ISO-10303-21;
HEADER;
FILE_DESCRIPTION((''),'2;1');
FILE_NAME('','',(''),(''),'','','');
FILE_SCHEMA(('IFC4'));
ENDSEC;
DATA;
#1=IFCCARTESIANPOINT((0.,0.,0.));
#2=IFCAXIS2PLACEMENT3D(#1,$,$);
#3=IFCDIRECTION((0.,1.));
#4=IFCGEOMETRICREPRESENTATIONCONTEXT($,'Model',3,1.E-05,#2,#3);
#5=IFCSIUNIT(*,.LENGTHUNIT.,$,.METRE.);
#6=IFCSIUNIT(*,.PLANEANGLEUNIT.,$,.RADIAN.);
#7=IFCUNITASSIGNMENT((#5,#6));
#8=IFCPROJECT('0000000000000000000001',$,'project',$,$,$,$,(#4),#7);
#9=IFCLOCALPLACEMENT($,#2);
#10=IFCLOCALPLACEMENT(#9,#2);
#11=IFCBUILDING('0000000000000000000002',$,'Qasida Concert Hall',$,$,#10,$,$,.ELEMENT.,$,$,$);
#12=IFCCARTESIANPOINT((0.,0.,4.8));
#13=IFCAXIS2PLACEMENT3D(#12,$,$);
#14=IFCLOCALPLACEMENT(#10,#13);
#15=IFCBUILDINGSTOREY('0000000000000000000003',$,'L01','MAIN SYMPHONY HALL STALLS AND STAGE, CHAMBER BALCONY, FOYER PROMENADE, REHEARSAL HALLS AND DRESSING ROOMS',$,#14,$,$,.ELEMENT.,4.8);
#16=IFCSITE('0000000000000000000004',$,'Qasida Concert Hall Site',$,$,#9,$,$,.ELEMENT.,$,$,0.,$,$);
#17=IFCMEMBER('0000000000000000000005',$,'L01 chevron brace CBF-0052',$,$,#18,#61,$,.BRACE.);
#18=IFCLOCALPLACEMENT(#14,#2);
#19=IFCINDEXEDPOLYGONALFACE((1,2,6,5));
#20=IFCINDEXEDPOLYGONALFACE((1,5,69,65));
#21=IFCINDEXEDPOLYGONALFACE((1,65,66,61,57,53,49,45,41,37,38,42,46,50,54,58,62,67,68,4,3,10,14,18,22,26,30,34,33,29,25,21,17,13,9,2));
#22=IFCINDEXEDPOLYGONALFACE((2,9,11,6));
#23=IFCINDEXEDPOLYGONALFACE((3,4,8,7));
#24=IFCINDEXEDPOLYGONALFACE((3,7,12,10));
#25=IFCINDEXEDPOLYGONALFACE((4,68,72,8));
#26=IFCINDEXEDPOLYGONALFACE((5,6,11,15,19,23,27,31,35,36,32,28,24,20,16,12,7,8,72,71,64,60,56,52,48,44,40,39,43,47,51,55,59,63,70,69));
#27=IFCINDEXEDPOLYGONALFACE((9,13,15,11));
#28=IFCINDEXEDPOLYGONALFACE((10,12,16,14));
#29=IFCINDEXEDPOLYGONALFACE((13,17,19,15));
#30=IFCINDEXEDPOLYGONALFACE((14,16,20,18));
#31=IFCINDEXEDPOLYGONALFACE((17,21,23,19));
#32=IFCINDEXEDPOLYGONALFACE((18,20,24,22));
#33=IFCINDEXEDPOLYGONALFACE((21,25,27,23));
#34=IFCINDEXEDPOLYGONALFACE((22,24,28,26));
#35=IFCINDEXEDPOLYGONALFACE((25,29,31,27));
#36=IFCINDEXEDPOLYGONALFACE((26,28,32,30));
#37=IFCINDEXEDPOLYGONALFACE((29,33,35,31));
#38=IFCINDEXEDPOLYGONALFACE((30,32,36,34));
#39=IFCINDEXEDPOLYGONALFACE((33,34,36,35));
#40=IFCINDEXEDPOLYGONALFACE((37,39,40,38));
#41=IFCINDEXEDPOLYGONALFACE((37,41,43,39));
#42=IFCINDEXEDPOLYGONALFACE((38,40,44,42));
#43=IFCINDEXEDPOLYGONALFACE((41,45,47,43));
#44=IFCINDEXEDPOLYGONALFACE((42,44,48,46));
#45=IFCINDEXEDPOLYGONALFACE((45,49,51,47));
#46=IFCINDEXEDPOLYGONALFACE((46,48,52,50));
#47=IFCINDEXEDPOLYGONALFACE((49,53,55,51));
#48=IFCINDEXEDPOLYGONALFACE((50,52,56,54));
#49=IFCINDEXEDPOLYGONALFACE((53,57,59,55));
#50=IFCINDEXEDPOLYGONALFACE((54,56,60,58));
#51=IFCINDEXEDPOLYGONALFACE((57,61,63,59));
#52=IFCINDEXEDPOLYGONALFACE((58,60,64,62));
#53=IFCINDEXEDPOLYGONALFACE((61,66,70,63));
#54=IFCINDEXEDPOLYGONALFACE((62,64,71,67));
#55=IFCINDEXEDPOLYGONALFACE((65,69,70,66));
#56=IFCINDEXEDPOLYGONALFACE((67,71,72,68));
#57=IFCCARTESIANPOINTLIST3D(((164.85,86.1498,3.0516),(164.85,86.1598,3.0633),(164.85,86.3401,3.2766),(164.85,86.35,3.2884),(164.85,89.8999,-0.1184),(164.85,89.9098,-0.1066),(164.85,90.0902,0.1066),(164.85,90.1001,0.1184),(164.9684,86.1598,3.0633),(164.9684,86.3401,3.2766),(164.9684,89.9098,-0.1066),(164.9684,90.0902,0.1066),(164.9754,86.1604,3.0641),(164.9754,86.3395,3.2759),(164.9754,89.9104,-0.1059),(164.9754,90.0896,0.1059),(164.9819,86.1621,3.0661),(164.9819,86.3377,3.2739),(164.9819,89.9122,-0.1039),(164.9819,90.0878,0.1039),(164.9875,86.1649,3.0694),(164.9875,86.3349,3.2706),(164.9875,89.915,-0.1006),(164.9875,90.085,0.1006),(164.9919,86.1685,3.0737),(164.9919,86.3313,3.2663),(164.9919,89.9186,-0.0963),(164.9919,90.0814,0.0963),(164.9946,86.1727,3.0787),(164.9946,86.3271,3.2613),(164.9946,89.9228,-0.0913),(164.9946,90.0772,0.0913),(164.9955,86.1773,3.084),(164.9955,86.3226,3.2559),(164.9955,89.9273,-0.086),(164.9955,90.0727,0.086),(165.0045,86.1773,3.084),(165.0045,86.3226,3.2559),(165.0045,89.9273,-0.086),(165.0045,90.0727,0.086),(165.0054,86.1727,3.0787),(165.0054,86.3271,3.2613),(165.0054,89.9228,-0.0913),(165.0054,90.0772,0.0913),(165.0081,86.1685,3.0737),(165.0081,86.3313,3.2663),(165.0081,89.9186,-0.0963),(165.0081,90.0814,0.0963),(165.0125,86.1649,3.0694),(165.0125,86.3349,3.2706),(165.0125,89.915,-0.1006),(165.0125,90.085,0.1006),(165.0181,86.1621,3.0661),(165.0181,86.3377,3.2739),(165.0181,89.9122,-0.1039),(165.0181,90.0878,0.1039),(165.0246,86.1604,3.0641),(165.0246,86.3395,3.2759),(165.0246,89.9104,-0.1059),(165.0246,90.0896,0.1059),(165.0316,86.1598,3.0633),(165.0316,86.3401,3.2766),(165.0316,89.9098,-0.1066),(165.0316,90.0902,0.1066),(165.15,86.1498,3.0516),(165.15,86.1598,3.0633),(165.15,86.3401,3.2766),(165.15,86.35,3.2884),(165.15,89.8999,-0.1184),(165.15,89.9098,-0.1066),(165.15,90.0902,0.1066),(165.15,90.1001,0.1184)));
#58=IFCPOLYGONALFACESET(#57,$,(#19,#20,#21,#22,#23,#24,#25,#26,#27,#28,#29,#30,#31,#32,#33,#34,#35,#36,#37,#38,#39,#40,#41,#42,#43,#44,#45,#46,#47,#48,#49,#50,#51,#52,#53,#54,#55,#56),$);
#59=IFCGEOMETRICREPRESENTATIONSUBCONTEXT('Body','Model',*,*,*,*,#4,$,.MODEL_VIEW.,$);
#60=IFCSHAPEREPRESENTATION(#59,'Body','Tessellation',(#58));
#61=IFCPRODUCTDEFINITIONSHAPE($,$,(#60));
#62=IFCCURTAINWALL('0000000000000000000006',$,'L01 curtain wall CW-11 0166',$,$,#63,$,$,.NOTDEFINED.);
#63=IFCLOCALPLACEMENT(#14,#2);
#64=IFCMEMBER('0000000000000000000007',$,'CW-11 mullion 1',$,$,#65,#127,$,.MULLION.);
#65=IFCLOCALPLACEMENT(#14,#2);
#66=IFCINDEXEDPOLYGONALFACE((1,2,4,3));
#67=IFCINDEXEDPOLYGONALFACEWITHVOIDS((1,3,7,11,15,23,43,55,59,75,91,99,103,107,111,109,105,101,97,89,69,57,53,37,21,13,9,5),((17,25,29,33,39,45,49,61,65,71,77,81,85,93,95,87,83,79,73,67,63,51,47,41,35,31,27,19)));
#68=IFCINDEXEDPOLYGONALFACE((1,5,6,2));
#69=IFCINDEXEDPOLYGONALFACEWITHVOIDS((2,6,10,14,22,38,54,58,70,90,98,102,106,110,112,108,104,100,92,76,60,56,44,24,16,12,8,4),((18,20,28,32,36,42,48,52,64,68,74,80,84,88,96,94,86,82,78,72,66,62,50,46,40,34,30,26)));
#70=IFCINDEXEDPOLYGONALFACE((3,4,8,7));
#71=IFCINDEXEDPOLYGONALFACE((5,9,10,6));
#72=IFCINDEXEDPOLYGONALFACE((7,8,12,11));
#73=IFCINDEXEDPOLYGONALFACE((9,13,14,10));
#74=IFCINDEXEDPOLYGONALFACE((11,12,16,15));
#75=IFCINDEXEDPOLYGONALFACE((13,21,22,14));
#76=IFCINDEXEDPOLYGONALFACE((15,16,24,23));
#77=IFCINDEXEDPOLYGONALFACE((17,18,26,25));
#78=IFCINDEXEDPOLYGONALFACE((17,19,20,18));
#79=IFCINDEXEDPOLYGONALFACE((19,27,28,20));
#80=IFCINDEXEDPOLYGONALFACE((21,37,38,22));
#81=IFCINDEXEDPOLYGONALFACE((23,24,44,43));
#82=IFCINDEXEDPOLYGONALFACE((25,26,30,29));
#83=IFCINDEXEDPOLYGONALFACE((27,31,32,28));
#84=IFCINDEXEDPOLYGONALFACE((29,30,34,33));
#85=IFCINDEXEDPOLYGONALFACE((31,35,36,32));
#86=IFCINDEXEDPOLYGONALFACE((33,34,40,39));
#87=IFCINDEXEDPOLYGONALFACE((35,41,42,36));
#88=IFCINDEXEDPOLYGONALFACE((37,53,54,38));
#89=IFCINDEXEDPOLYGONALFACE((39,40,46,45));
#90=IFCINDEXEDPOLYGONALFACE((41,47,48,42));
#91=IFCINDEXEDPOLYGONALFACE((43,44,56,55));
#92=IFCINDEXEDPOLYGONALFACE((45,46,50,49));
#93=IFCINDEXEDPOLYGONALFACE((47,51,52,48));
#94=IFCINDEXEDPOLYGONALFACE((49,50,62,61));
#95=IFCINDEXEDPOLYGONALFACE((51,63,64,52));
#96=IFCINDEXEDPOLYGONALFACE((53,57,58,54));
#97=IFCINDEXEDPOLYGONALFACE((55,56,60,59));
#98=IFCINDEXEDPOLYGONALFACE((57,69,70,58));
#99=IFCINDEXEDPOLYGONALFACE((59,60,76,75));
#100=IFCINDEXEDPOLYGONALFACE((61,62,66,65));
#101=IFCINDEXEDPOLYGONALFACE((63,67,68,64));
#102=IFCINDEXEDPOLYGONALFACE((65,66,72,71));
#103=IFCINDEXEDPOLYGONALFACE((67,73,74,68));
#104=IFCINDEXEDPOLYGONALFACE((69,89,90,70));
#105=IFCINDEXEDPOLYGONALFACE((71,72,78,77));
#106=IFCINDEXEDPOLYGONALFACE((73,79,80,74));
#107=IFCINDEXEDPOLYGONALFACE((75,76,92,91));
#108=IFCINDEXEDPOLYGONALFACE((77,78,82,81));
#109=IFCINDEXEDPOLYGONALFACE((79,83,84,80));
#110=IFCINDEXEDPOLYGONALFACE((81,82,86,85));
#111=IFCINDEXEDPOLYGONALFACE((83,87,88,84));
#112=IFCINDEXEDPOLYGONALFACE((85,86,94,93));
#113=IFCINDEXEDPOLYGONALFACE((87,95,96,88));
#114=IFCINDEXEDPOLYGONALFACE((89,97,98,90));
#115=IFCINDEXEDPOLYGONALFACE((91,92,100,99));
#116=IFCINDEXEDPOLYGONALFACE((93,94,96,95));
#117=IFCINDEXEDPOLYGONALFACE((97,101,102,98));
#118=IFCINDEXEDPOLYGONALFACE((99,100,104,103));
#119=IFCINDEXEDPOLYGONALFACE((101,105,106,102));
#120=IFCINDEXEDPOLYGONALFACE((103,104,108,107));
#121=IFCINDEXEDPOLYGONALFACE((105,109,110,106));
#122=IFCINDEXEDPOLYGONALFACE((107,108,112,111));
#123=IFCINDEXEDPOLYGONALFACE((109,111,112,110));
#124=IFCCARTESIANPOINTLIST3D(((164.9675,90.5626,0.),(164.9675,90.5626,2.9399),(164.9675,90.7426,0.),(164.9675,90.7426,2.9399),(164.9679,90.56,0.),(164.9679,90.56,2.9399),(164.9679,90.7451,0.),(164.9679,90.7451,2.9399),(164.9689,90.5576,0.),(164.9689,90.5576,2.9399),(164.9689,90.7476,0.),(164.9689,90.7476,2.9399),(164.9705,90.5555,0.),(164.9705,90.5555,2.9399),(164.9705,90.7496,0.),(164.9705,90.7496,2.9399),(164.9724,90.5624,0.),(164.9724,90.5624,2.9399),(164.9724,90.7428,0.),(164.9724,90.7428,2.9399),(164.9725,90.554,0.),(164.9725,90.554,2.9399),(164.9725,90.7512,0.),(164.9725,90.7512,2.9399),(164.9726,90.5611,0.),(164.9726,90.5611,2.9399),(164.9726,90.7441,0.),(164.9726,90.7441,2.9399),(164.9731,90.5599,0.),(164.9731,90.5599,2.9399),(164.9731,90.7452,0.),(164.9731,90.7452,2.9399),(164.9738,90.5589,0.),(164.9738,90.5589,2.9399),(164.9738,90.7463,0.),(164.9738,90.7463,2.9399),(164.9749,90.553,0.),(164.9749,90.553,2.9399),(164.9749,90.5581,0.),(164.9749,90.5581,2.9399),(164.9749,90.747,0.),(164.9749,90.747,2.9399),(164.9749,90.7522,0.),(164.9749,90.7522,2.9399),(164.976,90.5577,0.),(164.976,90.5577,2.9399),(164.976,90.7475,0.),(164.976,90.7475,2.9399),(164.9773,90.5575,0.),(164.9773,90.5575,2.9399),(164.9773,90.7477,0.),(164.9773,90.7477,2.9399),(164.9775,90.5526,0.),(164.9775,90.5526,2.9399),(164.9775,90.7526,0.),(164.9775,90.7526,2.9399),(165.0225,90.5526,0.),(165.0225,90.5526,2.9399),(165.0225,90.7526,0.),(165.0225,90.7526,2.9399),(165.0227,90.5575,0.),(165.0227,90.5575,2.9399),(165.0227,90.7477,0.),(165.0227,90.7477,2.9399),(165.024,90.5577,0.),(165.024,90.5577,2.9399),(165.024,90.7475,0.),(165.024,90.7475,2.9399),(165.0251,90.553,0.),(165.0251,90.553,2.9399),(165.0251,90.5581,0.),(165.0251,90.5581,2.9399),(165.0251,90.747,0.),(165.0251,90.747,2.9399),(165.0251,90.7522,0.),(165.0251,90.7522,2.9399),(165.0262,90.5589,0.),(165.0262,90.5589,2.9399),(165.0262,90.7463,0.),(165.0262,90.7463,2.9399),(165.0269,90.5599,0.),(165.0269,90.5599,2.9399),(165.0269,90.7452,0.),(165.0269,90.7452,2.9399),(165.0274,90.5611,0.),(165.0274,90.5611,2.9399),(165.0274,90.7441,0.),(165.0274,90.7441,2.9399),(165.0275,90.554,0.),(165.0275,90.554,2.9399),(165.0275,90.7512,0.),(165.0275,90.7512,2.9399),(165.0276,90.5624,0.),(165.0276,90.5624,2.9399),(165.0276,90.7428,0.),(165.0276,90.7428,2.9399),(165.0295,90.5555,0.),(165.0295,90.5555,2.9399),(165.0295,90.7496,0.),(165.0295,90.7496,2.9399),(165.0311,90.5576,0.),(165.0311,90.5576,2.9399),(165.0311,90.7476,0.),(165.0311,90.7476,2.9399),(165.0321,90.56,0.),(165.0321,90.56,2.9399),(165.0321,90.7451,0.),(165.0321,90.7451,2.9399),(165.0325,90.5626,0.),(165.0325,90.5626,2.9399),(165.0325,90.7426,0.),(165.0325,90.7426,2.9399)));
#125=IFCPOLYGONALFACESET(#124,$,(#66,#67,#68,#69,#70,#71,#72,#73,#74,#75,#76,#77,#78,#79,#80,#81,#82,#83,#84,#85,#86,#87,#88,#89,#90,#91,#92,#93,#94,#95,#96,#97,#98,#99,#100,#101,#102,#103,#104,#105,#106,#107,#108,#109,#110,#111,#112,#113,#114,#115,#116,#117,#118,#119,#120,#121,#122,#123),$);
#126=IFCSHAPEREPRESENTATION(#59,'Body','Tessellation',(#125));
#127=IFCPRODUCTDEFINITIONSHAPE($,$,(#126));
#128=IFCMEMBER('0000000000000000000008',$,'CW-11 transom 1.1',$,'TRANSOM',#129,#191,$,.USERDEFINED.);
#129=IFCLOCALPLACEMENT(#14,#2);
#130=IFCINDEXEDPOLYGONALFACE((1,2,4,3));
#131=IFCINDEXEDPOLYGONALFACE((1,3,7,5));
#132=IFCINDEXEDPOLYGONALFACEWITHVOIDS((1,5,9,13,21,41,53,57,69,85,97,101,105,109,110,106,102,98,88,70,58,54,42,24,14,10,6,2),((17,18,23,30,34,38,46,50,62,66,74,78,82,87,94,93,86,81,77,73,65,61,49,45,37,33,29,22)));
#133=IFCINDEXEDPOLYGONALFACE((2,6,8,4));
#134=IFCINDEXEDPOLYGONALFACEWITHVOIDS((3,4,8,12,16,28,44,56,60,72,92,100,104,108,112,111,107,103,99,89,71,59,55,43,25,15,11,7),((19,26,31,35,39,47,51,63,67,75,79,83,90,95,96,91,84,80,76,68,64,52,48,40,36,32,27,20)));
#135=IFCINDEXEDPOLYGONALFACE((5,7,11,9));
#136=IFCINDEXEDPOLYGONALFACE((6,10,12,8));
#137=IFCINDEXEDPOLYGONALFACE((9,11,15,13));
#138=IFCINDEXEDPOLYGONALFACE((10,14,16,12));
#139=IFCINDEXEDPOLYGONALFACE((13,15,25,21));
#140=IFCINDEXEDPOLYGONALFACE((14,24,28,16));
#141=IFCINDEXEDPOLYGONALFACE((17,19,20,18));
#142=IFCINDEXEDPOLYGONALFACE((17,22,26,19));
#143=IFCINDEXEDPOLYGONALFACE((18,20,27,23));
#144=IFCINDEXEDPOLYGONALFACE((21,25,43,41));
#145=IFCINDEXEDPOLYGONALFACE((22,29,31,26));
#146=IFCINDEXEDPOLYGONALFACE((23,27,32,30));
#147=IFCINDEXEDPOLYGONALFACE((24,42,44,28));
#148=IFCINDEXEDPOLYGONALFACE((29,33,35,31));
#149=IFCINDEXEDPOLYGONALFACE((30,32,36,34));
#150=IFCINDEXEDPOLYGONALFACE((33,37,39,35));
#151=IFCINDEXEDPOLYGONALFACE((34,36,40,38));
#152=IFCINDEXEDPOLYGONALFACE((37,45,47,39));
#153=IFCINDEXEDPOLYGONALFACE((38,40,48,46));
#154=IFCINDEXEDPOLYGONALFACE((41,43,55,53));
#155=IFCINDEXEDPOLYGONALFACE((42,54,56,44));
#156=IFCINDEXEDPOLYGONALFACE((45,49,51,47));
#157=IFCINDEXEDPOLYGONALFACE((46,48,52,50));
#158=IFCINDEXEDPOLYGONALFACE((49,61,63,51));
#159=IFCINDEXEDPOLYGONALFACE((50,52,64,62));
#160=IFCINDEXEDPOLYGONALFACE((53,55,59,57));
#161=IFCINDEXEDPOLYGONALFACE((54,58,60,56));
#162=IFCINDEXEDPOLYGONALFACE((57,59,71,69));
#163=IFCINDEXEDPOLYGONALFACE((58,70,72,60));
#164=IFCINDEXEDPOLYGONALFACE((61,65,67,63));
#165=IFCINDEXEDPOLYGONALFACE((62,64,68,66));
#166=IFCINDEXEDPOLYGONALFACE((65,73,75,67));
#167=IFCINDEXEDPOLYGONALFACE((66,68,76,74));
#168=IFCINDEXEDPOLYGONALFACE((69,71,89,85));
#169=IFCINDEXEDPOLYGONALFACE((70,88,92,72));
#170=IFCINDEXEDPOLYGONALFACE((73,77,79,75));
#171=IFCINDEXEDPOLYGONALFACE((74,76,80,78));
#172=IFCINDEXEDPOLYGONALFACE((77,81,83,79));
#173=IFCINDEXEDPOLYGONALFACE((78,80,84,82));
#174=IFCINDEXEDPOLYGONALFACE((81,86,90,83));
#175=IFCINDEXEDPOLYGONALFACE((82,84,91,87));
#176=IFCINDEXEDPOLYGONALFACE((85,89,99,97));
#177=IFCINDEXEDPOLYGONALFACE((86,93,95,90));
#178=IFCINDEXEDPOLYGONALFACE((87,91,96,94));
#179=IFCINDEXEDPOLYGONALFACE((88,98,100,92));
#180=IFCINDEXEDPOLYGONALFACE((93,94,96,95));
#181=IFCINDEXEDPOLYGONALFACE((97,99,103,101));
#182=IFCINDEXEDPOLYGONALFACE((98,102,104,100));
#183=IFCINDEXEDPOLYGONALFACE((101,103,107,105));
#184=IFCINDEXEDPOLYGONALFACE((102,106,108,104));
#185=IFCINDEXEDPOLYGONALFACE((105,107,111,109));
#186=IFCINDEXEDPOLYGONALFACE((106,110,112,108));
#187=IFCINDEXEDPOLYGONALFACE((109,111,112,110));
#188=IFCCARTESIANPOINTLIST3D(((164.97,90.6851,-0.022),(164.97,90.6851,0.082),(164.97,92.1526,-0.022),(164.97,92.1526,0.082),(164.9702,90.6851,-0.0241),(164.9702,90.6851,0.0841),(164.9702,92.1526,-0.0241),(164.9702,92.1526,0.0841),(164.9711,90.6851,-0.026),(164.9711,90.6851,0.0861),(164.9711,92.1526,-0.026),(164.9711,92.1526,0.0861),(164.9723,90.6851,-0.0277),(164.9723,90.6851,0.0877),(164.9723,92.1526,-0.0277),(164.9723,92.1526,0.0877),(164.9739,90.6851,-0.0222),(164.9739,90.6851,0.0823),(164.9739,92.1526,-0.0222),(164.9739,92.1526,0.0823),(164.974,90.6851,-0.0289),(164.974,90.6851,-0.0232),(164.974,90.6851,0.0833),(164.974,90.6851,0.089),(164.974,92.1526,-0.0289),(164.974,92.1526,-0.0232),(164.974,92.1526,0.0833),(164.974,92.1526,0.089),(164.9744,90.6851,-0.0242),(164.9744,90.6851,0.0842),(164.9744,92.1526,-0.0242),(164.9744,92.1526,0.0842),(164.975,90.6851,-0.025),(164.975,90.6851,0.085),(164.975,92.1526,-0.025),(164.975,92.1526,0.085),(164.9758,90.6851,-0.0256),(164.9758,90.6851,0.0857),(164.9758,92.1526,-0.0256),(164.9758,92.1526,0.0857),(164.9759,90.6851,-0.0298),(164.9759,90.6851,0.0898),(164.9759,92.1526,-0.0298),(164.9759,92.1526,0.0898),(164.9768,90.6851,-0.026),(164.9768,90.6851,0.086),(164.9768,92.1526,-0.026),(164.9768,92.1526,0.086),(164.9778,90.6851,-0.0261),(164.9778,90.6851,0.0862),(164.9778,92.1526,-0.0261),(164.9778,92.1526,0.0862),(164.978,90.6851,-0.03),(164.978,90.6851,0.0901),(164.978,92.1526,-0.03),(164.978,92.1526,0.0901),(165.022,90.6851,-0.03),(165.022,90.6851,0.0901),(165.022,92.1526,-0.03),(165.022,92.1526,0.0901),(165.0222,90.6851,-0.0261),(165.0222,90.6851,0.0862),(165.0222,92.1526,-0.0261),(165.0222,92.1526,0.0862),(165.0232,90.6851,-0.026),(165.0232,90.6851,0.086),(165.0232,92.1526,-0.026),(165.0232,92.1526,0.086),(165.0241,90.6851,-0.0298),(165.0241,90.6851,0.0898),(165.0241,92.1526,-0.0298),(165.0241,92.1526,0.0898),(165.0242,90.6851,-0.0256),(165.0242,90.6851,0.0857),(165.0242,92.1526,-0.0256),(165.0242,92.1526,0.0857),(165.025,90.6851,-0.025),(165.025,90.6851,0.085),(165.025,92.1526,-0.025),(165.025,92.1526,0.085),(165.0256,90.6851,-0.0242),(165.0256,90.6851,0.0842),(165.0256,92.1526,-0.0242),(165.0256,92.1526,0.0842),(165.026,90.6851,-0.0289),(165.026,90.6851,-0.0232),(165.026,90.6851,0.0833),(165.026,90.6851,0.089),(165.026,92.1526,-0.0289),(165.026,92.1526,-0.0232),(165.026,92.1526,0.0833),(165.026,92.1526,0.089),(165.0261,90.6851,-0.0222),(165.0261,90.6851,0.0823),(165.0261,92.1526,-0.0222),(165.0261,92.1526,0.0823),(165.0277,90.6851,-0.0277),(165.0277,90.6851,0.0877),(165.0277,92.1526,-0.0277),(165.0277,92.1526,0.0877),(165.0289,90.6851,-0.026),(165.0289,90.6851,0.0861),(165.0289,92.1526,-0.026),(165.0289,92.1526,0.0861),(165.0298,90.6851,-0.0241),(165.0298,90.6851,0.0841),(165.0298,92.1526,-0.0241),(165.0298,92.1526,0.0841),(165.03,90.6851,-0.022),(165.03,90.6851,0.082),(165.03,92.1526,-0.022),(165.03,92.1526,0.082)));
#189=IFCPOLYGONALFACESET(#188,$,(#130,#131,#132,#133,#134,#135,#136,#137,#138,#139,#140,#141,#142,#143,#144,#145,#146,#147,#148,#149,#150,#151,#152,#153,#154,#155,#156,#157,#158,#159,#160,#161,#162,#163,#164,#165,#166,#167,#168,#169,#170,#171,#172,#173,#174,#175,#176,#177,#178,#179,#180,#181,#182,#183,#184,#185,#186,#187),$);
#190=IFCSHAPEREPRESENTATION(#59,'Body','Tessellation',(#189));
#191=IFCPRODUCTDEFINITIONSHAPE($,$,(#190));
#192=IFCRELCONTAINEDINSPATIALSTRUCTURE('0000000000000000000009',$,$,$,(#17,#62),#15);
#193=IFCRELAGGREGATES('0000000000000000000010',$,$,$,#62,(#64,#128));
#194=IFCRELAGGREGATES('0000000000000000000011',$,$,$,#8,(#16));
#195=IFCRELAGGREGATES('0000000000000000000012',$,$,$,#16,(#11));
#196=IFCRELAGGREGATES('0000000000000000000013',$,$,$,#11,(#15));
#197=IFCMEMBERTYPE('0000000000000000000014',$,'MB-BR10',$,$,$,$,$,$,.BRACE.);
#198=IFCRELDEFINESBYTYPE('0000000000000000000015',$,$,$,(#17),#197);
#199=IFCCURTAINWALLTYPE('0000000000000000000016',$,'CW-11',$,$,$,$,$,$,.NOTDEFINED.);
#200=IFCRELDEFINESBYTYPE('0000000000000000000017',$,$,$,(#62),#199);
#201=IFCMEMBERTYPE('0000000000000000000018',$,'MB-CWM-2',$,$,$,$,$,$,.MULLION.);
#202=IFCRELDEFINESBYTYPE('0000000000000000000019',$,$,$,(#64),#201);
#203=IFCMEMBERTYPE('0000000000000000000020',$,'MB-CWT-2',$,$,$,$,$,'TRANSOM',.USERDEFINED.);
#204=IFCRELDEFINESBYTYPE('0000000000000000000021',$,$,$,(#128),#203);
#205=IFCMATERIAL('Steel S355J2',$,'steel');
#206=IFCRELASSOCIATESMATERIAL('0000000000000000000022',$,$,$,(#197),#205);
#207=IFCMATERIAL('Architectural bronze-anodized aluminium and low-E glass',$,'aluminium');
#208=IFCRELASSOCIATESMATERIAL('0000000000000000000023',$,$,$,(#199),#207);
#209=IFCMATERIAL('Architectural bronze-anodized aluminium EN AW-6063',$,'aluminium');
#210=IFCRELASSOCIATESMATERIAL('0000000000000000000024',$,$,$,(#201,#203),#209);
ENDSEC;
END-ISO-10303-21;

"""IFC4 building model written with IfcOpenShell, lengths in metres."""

from ifc_helpers import new_model, si_unit, direction, frame, origin, origin_2d, place, context, subcontext, project, spatial, hollow_rectangle, i_section, extrude, material, material_profile, profile_set, type_object, element, aggregate, save


model = new_model("IFC4")

# Units and contexts
model_context = context("Model", 3, precision=1e-05, world=origin(), true_north=direction((0.0, 1.0)))
body_context = subcontext(model_context, "Body", "Model", "MODEL_VIEW")
ifc_project = project(units=[si_unit("LENGTHUNIT", "METRE"), si_unit("PLANEANGLEUNIT", "RADIAN")], contexts=[model_context])

# Site, building, storey
site_placement = place(None, origin())
site = spatial("IfcSite", under=ifc_project, at=site_placement, Name="Qasida Concert Hall Site", CompositionType="ELEMENT", RefElevation=0.0)
building_placement = place(site_placement, origin())
building = spatial("IfcBuilding", under=site, at=building_placement, Name="Qasida Concert Hall", CompositionType="ELEMENT")
storey_placement = place(building_placement, frame((0.0, 0.0, 4.8)))
storey = spatial("IfcBuildingStorey", under=building, at=storey_placement, Name="L01", Description="MAIN SYMPHONY HALL STALLS AND STAGE, CHAMBER BALCONY, FOYER PROMENADE, REHEARSAL HALLS AND DRESSING ROOMS", CompositionType="ELEMENT", Elevation=4.8)

# Shared definitions
ifc_material_1 = material(Name="Steel S355J2", Category="steel")

# Member
ifc_material_profile_1 = material_profile(ifc_material_1, i_section(OverallWidth=0.3, OverallDepth=0.3101, WebThickness=0.009, FlangeThickness=0.0154, FilletRadius=0.0271, at=origin_2d()), Name="HEA 320")
ifc_profile_set_1 = profile_set([ifc_material_profile_1], Name="Steel S355J2")
member_type_1 = type_object("IfcMemberType", Name="MB-BR10", PredefinedType="BRACE", material=ifc_profile_set_1)
for number, where, z_axis, x_axis, name in (
    (1, (165.0, 90.0, 0.0), (0.0, -0.763703, 0.645568), (1.0, 0.0, 0.0), "L01 chevron brace CBF-0052"),
):
    element("IfcMember", number, at=place(storey_placement, frame(where, z_axis=z_axis, x_axis=x_axis)), inside=storey, type_object=member_type_1, Name=name, PredefinedType="BRACE", context=body_context, shape_type="SweptSolid", body=[
        extrude(i_section(OverallWidth=0.3, OverallDepth=0.3101, WebThickness=0.009, FlangeThickness=0.0154, FilletRadius=0.0271, at=origin_2d()), origin(), (0.0, 0.0, 1.0), 4.9104),
    ])

# Curtain wall, members
ifc_material_2 = material(Name="Architectural bronze-anodized aluminium and low-E glass", Category="aluminium")
curtain_wall_type = type_object("IfcCurtainWallType", Name="CW-11", PredefinedType="NOTDEFINED", material=ifc_material_2)
curtain_wall_placement = place(storey_placement, origin())
curtain_wall = element("IfcCurtainWall", 2, at=curtain_wall_placement, inside=storey, type_object=curtain_wall_type, Name="L01 curtain wall CW-11 0166", PredefinedType="NOTDEFINED")
ifc_material_3 = material(Name="Architectural bronze-anodized aluminium EN AW-6063", Category="aluminium")
ifc_material_profile_2 = material_profile(ifc_material_3, hollow_rectangle(XDim=0.0649, YDim=0.2, WallThickness=0.0049, InnerFilletRadius=0.0049, OuterFilletRadius=0.01, at=origin_2d()), Name="CWM 200x65x5")
ifc_profile_set_2 = profile_set([ifc_material_profile_2], Name="Architectural bronze-anodized aluminium EN AW-6063")
member_type_2 = type_object("IfcMemberType", Name="MB-CWM-2", PredefinedType="MULLION", material=ifc_profile_set_2)
member_1_placement = place(storey_placement, frame((165.0, 90.6526, 0.0), z_axis=(0.0, 0.0, 1.0), x_axis=(-1.0, 0.0, 0.0)))
member_1 = element("IfcMember", 3, at=member_1_placement, type_object=member_type_2, Name="CW-11 mullion 1", PredefinedType="MULLION", context=body_context, shape_type="SweptSolid", body=[
    extrude(hollow_rectangle(XDim=0.0649, YDim=0.2, WallThickness=0.0049, InnerFilletRadius=0.0049, OuterFilletRadius=0.01, at=origin_2d()), origin(), (0.0, 0.0, 1.0), 2.9399),
])
ifc_material_profile_3 = material_profile(ifc_material_3, hollow_rectangle(XDim=0.0601, YDim=0.1201, WallThickness=0.0039, InnerFilletRadius=0.0039, OuterFilletRadius=0.0081, at=origin_2d()), Name="CWT 120x60x4")
ifc_profile_set_3 = profile_set([ifc_material_profile_3], Name="Architectural bronze-anodized aluminium EN AW-6063")
member_type_3 = type_object("IfcMemberType", Name="MB-CWT-2", ElementType="TRANSOM", PredefinedType="USERDEFINED", material=ifc_profile_set_3)
member_2_placement = place(storey_placement, frame((165.0, 90.6851, 0.03), z_axis=(0.0, 1.0, 0.0), x_axis=(-1.0, 0.0, 0.0)))
member_2 = element("IfcMember", 4, at=member_2_placement, type_object=member_type_3, Name="CW-11 transom 1.1", ObjectType="TRANSOM", PredefinedType="USERDEFINED", context=body_context, shape_type="SweptSolid", body=[
    extrude(hollow_rectangle(XDim=0.0601, YDim=0.1201, WallThickness=0.0039, InnerFilletRadius=0.0039, OuterFilletRadius=0.0081, at=origin_2d()), origin(), (0.0, 0.0, 1.0), 1.4675),
])
aggregate(curtain_wall, [member_1, member_2])

save(model, "model.ifc")
